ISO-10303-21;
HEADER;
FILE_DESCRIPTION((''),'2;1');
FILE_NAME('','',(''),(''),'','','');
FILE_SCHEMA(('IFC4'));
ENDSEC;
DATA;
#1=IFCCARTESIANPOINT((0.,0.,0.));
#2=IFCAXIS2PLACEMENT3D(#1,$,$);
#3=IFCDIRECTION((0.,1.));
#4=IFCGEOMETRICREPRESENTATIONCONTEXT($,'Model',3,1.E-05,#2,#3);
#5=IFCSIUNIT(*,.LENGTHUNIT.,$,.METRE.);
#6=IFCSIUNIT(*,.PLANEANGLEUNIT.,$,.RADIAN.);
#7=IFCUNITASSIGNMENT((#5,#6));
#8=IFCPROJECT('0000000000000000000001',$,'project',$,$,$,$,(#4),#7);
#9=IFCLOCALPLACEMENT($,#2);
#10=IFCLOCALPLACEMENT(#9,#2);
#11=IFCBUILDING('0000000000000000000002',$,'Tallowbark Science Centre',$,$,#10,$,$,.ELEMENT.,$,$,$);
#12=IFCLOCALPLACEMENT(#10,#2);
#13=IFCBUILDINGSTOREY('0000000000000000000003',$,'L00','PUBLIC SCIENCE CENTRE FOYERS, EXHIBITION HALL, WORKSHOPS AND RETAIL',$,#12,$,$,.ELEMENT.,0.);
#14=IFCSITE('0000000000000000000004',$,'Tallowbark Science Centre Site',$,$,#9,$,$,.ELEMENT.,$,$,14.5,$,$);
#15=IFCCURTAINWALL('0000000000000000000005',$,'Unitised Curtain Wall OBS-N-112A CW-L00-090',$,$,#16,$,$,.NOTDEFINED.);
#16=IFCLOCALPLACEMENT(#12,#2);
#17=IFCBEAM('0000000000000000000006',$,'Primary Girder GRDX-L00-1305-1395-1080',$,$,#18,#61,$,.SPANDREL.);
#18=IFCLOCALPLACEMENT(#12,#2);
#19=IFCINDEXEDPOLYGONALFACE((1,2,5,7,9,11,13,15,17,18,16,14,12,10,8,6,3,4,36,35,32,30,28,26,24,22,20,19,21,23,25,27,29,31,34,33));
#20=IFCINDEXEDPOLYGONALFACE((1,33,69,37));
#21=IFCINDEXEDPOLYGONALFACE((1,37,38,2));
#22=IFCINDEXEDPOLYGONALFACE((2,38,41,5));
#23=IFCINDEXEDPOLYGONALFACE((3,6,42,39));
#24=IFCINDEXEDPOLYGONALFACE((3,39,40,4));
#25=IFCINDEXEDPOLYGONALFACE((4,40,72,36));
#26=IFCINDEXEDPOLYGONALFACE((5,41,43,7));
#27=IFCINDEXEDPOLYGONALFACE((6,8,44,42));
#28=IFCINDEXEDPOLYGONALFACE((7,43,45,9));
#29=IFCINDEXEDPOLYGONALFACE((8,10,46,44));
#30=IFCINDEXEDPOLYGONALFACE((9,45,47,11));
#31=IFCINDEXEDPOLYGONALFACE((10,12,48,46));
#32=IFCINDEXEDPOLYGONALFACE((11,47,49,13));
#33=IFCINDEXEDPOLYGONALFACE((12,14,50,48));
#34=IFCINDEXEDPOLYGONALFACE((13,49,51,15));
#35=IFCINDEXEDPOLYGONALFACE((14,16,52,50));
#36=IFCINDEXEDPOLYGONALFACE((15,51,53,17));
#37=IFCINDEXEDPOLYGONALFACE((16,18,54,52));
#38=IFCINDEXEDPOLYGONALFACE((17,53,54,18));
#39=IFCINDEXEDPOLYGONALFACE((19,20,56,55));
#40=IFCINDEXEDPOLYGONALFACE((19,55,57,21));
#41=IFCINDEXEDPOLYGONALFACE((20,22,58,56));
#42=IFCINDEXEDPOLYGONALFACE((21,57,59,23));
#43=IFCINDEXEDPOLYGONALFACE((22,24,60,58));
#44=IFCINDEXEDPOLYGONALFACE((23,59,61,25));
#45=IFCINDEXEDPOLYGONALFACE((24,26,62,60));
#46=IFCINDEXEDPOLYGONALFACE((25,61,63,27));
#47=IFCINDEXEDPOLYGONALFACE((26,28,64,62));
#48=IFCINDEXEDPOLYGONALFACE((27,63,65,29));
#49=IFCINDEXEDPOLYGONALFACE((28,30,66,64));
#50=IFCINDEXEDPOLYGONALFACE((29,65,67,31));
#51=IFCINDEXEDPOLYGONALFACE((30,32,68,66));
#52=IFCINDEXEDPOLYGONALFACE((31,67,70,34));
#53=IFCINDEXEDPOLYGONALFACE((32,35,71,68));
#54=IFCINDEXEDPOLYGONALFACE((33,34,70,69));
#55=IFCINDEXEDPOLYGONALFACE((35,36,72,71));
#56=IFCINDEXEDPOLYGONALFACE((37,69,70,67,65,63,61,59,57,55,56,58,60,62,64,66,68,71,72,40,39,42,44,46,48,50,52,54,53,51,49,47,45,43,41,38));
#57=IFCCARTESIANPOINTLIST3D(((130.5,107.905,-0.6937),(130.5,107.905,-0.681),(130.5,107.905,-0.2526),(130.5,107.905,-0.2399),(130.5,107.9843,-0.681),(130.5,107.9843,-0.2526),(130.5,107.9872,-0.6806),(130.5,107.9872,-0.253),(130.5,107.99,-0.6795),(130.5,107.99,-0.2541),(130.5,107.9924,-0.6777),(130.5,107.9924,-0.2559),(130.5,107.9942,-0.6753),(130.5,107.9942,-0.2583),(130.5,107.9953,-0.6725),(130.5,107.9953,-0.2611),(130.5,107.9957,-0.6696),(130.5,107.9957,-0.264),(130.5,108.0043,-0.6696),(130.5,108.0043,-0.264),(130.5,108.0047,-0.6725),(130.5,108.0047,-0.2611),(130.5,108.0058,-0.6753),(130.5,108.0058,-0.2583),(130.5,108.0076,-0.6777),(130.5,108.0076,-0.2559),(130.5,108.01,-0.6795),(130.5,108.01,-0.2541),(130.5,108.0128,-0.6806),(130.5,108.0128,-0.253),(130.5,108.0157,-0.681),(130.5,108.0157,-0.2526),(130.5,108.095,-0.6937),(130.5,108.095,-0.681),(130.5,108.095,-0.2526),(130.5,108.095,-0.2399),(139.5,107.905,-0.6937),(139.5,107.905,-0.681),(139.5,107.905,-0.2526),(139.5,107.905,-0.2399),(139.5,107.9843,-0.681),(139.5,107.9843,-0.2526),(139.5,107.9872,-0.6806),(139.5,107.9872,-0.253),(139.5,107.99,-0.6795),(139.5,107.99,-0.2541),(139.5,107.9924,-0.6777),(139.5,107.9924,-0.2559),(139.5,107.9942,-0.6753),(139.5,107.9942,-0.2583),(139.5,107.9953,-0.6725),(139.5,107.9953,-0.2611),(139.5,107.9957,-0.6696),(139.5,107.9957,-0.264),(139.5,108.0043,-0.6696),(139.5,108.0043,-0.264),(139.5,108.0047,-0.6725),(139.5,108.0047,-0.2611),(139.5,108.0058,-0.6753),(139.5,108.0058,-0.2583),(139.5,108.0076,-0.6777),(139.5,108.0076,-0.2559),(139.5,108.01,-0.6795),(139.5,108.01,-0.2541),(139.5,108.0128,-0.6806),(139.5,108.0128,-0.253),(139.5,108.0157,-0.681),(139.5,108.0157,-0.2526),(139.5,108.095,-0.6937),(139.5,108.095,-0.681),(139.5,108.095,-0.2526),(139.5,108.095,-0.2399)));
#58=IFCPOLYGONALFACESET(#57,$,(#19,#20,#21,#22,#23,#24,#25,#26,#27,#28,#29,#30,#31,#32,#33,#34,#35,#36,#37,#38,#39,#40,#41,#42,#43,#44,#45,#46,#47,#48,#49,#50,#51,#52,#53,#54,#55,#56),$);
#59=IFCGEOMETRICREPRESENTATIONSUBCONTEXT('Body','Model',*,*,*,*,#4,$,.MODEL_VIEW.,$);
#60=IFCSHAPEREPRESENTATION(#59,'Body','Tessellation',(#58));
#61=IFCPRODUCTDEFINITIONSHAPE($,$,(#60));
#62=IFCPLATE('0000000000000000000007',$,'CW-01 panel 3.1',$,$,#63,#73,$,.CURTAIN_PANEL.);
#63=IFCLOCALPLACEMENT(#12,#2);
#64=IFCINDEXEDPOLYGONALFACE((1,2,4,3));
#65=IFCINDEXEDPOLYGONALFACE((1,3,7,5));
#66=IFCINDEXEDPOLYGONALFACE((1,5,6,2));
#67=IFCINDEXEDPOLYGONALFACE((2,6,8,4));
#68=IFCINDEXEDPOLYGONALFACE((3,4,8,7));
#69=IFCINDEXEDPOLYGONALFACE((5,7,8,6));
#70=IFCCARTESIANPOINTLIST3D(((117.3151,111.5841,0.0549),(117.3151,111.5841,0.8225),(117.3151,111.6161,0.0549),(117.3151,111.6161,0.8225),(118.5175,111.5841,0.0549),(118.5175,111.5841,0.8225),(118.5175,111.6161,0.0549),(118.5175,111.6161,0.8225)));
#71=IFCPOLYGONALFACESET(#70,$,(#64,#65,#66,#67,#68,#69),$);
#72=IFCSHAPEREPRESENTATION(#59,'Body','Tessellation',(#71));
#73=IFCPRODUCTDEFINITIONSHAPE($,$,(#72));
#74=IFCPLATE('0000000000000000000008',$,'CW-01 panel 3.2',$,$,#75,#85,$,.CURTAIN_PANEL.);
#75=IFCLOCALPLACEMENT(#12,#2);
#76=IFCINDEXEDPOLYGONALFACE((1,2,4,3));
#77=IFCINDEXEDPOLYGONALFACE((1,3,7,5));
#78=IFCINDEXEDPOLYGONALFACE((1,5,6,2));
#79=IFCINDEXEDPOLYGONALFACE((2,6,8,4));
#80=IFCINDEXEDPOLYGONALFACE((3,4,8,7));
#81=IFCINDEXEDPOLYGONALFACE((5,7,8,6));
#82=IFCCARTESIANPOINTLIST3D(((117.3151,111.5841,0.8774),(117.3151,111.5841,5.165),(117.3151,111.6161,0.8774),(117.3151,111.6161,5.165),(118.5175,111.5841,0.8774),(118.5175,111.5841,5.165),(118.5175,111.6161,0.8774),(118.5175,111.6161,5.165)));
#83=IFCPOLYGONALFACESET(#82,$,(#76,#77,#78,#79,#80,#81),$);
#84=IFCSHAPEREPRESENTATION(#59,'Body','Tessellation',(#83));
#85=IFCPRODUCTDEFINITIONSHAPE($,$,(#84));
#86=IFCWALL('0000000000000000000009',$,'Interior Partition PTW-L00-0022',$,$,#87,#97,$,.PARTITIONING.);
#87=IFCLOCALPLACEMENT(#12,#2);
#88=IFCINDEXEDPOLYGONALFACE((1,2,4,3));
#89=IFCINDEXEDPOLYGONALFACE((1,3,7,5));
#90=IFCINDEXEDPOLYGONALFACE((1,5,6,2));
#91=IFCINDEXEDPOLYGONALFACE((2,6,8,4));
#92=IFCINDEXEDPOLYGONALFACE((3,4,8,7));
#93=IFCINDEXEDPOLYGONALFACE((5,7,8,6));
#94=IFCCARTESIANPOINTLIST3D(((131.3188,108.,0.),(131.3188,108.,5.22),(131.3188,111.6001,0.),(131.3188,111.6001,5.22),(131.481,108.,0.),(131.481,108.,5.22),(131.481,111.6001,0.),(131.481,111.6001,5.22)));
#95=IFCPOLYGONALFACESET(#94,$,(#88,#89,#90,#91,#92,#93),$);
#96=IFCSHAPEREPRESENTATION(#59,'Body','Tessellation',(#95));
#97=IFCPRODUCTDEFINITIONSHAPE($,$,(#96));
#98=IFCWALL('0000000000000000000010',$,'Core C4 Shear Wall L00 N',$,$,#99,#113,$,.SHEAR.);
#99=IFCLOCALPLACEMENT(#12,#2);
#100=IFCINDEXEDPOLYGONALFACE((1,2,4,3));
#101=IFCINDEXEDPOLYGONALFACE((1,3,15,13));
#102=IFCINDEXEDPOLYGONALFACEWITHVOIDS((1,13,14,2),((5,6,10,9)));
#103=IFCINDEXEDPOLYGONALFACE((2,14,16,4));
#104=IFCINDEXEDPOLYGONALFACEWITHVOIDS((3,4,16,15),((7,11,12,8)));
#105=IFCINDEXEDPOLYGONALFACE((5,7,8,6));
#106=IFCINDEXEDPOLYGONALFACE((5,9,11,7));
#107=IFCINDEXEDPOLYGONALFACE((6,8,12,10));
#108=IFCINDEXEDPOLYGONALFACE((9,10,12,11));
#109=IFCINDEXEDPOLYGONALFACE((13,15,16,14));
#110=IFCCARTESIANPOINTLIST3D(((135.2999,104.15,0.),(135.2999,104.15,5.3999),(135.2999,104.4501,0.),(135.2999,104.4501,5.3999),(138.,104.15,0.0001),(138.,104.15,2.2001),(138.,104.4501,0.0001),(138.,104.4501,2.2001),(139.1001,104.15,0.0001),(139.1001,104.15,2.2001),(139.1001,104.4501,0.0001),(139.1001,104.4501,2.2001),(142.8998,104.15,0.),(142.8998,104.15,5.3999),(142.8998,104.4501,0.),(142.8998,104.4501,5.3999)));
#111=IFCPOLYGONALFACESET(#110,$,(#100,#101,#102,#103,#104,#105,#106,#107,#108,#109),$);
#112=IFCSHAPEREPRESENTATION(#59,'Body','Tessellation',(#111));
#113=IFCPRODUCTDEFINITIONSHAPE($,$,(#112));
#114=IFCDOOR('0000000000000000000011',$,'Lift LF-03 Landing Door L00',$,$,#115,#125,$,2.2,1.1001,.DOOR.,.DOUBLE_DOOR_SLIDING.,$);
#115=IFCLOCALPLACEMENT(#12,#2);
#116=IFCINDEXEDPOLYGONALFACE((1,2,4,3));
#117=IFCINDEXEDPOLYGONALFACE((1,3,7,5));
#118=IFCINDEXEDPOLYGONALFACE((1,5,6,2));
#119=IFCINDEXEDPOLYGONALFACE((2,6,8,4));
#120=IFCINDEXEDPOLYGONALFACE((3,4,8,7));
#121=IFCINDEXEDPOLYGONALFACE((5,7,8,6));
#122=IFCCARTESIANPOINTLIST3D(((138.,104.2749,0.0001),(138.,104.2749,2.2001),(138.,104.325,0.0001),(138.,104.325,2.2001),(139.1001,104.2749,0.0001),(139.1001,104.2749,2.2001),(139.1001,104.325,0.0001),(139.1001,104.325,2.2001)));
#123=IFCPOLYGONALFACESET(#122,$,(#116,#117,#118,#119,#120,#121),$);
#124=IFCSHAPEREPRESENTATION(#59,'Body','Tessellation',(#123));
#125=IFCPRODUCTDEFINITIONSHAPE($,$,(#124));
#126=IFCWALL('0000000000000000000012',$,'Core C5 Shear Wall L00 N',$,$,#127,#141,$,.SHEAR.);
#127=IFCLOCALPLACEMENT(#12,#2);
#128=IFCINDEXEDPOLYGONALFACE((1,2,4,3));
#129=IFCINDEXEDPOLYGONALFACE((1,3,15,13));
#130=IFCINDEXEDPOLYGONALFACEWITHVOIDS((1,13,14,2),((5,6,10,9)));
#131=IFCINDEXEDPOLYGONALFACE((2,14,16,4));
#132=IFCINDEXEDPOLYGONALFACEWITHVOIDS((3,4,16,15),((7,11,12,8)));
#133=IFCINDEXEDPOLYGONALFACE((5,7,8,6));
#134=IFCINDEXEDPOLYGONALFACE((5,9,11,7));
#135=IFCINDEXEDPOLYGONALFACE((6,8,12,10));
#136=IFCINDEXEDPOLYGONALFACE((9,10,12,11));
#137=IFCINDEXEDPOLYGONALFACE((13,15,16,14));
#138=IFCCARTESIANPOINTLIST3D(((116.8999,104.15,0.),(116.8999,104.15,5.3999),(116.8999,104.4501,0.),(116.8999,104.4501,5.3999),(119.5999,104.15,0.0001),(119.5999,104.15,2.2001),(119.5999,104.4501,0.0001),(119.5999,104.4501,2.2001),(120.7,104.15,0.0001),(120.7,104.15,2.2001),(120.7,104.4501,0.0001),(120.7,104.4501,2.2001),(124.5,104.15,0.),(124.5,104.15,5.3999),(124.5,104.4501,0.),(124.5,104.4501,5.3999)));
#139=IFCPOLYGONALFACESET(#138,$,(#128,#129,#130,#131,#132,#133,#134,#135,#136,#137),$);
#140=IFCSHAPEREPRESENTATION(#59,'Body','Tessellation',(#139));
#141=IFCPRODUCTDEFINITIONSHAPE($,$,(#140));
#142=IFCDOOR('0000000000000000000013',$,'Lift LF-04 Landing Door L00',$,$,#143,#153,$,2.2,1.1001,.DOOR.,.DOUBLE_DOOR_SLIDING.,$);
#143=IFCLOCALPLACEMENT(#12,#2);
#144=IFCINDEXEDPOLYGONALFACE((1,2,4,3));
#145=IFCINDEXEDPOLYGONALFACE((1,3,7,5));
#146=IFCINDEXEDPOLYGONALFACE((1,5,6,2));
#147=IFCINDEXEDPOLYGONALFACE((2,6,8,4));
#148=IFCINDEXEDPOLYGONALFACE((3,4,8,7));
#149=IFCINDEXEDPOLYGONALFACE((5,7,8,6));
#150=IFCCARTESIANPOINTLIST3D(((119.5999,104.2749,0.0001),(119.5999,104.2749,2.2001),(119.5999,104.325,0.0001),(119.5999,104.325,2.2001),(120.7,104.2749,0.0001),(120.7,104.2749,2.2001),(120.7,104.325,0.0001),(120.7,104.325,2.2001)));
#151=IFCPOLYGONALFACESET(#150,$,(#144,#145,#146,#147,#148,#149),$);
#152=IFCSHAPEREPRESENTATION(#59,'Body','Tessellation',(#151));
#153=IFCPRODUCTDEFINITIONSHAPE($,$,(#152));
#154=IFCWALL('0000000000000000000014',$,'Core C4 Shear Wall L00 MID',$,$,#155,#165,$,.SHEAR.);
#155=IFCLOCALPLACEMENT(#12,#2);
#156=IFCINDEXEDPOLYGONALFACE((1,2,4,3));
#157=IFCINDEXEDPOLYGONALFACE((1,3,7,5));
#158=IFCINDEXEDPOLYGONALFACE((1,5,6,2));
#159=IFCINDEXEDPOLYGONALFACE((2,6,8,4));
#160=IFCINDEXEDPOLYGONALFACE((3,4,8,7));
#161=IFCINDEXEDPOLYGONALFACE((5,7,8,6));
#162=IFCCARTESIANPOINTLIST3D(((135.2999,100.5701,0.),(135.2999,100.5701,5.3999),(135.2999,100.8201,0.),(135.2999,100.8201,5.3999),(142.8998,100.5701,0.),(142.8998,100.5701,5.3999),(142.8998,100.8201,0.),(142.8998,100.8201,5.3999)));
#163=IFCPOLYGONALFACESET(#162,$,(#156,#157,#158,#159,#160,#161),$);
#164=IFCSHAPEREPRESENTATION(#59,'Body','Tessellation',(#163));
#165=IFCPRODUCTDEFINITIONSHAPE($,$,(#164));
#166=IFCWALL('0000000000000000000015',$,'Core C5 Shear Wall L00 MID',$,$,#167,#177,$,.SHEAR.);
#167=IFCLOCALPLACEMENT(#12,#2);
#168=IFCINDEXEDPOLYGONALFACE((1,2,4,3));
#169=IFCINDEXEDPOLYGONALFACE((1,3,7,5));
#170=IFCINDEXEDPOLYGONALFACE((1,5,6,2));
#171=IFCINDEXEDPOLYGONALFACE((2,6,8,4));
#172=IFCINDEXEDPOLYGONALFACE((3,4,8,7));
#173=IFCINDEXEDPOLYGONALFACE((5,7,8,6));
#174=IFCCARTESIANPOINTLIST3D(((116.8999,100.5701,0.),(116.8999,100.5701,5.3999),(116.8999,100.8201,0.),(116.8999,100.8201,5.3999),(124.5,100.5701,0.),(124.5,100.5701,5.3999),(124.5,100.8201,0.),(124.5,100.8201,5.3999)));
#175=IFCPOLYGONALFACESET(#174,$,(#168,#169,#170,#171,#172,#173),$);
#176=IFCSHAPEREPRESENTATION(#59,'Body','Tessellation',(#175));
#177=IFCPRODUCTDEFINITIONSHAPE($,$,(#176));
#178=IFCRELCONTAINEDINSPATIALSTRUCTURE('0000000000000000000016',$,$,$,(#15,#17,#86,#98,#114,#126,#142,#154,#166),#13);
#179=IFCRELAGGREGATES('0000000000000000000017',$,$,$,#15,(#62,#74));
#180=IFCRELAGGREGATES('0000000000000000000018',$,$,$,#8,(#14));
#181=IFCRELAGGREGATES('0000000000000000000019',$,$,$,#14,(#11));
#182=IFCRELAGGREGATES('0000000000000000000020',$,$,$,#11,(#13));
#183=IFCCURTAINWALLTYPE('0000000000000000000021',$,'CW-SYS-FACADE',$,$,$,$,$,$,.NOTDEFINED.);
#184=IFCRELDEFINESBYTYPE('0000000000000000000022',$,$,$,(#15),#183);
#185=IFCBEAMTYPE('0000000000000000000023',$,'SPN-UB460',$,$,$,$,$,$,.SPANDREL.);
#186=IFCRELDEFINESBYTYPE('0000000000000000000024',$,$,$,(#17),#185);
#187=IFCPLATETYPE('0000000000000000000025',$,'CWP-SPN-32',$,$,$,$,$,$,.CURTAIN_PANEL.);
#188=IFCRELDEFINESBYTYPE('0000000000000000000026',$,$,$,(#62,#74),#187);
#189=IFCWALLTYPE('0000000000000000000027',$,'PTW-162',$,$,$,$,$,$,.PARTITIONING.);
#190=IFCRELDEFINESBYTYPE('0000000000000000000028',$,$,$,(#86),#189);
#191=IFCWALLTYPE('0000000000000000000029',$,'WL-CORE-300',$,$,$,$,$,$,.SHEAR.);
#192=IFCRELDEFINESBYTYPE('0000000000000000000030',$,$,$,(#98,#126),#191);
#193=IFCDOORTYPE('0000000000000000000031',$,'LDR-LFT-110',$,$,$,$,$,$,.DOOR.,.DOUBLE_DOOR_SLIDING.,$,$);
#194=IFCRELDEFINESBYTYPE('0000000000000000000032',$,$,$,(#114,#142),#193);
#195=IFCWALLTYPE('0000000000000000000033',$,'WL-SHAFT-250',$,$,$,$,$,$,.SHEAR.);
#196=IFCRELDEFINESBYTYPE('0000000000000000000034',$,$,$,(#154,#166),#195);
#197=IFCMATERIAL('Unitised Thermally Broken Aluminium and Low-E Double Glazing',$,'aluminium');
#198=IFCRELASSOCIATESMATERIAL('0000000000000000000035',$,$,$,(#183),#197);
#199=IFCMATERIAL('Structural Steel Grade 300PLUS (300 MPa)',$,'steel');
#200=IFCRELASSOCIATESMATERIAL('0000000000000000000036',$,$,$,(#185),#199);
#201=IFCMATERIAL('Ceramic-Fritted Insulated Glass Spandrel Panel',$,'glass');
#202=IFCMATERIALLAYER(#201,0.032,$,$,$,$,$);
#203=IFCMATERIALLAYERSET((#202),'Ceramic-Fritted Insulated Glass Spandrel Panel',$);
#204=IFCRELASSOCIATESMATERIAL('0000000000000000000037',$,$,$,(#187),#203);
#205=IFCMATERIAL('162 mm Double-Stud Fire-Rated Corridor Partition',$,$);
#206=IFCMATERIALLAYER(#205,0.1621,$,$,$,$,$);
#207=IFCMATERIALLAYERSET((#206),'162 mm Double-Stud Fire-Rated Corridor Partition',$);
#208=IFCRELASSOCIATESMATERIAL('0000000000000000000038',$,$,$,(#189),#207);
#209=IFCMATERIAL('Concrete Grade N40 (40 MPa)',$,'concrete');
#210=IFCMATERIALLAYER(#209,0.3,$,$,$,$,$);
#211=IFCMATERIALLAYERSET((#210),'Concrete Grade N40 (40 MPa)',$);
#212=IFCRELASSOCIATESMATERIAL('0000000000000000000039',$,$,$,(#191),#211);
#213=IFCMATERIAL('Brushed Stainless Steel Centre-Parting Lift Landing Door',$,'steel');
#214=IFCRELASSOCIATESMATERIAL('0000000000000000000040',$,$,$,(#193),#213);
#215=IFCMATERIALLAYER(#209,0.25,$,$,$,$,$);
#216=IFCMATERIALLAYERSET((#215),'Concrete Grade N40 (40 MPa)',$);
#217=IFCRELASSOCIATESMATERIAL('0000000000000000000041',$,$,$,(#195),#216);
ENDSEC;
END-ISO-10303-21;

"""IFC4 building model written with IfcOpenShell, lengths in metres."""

from ifc_helpers import new_model, si_unit, direction, frame, frame_2d, origin, origin_2d, place, context, subcontext, project, spatial, rectangle, i_section, extrude, material, layer, layer_set, material_profile, profile_set, type_object, element, fill, aggregate, save


model = new_model("IFC4")

# Units and contexts
model_context = context("Model", 3, precision=1e-05, world=origin(), true_north=direction((0.0, 1.0)))
body_context = subcontext(model_context, "Body", "Model", "MODEL_VIEW")
ifc_project = project(units=[si_unit("LENGTHUNIT", "METRE"), si_unit("PLANEANGLEUNIT", "RADIAN")], contexts=[model_context])

# Site, building, storey
site_placement = place(None, origin())
site = spatial("IfcSite", under=ifc_project, at=site_placement, Name="Tallowbark Science Centre Site", CompositionType="ELEMENT", RefElevation=14.5)
building_placement = place(site_placement, origin())
building = spatial("IfcBuilding", under=site, at=building_placement, Name="Tallowbark Science Centre", CompositionType="ELEMENT")
storey_placement = place(building_placement, origin())
storey = spatial("IfcBuildingStorey", under=building, at=storey_placement, Name="L00", Description="PUBLIC SCIENCE CENTRE FOYERS, EXHIBITION HALL, WORKSHOPS AND RETAIL", CompositionType="ELEMENT", Elevation=0.0)

# Shared definitions
ifc_material_1 = material(Name="Structural Steel Grade 300PLUS (300 MPa)", Category="steel")

# Curtain wall
ifc_material_2 = material(Name="Unitised Thermally Broken Aluminium and Low-E Double Glazing", Category="aluminium")
curtain_wall_type = type_object("IfcCurtainWallType", Name="CW-SYS-FACADE", PredefinedType="NOTDEFINED", material=ifc_material_2)
curtain_wall_placement = place(storey_placement, origin())
curtain_wall = element("IfcCurtainWall", 1, at=curtain_wall_placement, inside=storey, type_object=curtain_wall_type, Name="Unitised Curtain Wall OBS-N-112A CW-L00-090", PredefinedType="NOTDEFINED")

# Beam
ifc_material_profile_1 = material_profile(ifc_material_1, i_section(OverallWidth=0.1899, OverallDepth=0.4539, WebThickness=0.0085, FlangeThickness=0.0127, FilletRadius=0.0115, at=origin_2d()), Name="460UB67.1")
ifc_profile_set_1 = profile_set([ifc_material_profile_1], Name="Structural Steel Grade 300PLUS (300 MPa)")
beam_type_1 = type_object("IfcBeamType", Name="SPN-UB460", PredefinedType="SPANDREL", material=ifc_profile_set_1)
for number, where, z_axis, x_axis, name in (
    (2, (130.5, 108.0, -0.4668), (1.0, 0.0, 0.0), (0.0, 1.0, 0.0), "Primary Girder GRDX-L00-1305-1395-1080"),
):
    element("IfcBeam", number, at=place(storey_placement, frame(where, z_axis=z_axis, x_axis=x_axis)), inside=storey, type_object=beam_type_1, Name=name, PredefinedType="SPANDREL", context=body_context, shape_type="SweptSolid", body=[
        extrude(i_section(OverallWidth=0.1899, OverallDepth=0.4539, WebThickness=0.0085, FlangeThickness=0.0127, FilletRadius=0.0115, at=origin_2d()), origin(), (0.0, 0.0, 1.0), 9.0),
    ])

# Plates
ifc_material_3 = material(Name="Ceramic-Fritted Insulated Glass Spandrel Panel", Category="glass")
ifc_layer_1 = layer(ifc_material_3, 0.032)
ifc_layer_set_1 = layer_set([ifc_layer_1], Name="Ceramic-Fritted Insulated Glass Spandrel Panel")
plate_type = type_object("IfcPlateType", Name="CWP-SPN-32", PredefinedType="CURTAIN_PANEL", material=ifc_layer_set_1)
plate_1_placement = place(storey_placement, frame((117.9163, 111.6001, 0.0549), z_axis=(0.0, 0.0, 1.0), x_axis=(-1.0, 0.0, 0.0)))
plate_1 = element("IfcPlate", 3, at=plate_1_placement, type_object=plate_type, Name="CW-01 panel 3.1", PredefinedType="CURTAIN_PANEL", context=body_context, shape_type="SweptSolid", body=[
    extrude(rectangle(XDim=1.2024, YDim=0.032, at=origin_2d()), origin(), (0.0, 0.0, 1.0), 0.7676),
])
plate_2_placement = place(storey_placement, frame((117.9163, 111.6001, 0.8774), z_axis=(0.0, 0.0, 1.0), x_axis=(-1.0, 0.0, 0.0)))
plate_2 = element("IfcPlate", 4, at=plate_2_placement, type_object=plate_type, Name="CW-01 panel 3.2", PredefinedType="CURTAIN_PANEL", context=body_context, shape_type="SweptSolid", body=[
    extrude(rectangle(XDim=1.2024, YDim=0.032, at=origin_2d()), origin(), (0.0, 0.0, 1.0), 4.2876),
])
aggregate(curtain_wall, [plate_1, plate_2])

# Wall
ifc_material_4 = material(Name="162 mm Double-Stud Fire-Rated Corridor Partition")
ifc_layer_2 = layer(ifc_material_4, 0.1621)
ifc_layer_set_2 = layer_set([ifc_layer_2], Name="162 mm Double-Stud Fire-Rated Corridor Partition")
wall_type_1 = type_object("IfcWallType", Name="PTW-162", PredefinedType="PARTITIONING", material=ifc_layer_set_2)
wall_1_placement = place(storey_placement, frame((131.3999, 108.0, 0.0), z_axis=(0.0, 0.0, 1.0), x_axis=(0.0, 1.0, 0.0)))
element("IfcWall", 5, at=wall_1_placement, inside=storey, type_object=wall_type_1, Name="Interior Partition PTW-L00-0022", PredefinedType="PARTITIONING", context=body_context, shape_type="SweptSolid", body=[
    extrude(rectangle(XDim=3.6001, YDim=0.1621, at=frame_2d((1.8, 0.0))), origin(), (0.0, 0.0, 1.0), 5.22),
])

# Walls, openings, doors
ifc_material_5 = material(Name="Concrete Grade N40 (40 MPa)", Category="concrete")
ifc_layer_3 = layer(ifc_material_5, 0.3)
ifc_layer_set_3 = layer_set([ifc_layer_3], Name="Concrete Grade N40 (40 MPa)")
wall_type_2 = type_object("IfcWallType", Name="WL-CORE-300", PredefinedType="SHEAR", material=ifc_layer_set_3)
wall_2_placement = place(storey_placement, frame((135.3, 104.3, 0.0), z_axis=(0.0, 0.0, 1.0), x_axis=(1.0, 0.0, 0.0)))
wall_2 = element("IfcWall", 6, at=wall_2_placement, inside=storey, type_object=wall_type_2, Name="Core C4 Shear Wall L00 N", PredefinedType="SHEAR", context=body_context, shape_type="SweptSolid", body=[
    extrude(rectangle(XDim=7.5999, YDim=0.3, at=frame_2d((3.7998, 0.0))), origin(), (0.0, 0.0, 1.0), 5.3999),
])
opening_1_placement = place(wall_2_placement, frame((2.7, 0.0, 0.0)))
opening_1 = element("IfcOpeningElement", 7, at=opening_1_placement, cuts=wall_2, PredefinedType="OPENING", context=body_context, shape_type="SweptSolid", body=[
    extrude(rectangle(XDim=1.1001, YDim=2.2, at=frame_2d((0.55, 1.1001))), frame((0.0, 0.1602, 0.0), z_axis=(0.0, -1.0, 0.0), x_axis=(1.0, 0.0, 0.0)), (0.0, 0.0, 1.0), 0.3201),
])
ifc_material_6 = material(Name="Brushed Stainless Steel Centre-Parting Lift Landing Door", Category="steel")
door_type = type_object("IfcDoorType", Name="LDR-LFT-110", OperationType="DOUBLE_DOOR_SLIDING", PredefinedType="DOOR", material=ifc_material_6)
door_1_placement = place(opening_1_placement, origin())
door_1 = element("IfcDoor", 8, at=door_1_placement, inside=storey, type_object=door_type, Name="Lift LF-03 Landing Door L00", OperationType="DOUBLE_DOOR_SLIDING", OverallHeight=2.2, OverallWidth=1.1001, PredefinedType="DOOR", context=body_context, shape_type="SweptSolid", body=[
    extrude(rectangle(XDim=1.1001, YDim=2.2, at=frame_2d((0.55, 1.1001))), frame((0.0, 0.0249, 0.0), z_axis=(0.0, -1.0, 0.0), x_axis=(1.0, 0.0, 0.0)), (0.0, 0.0, 1.0), 0.05),
])
fill(opening_1, door_1)
wall_3_placement = place(storey_placement, frame((116.8999, 104.3, 0.0), z_axis=(0.0, 0.0, 1.0), x_axis=(1.0, 0.0, 0.0)))
wall_3 = element("IfcWall", 9, at=wall_3_placement, inside=storey, type_object=wall_type_2, Name="Core C5 Shear Wall L00 N", PredefinedType="SHEAR", context=body_context, shape_type="SweptSolid", body=[
    extrude(rectangle(XDim=7.6001, YDim=0.3, at=frame_2d((3.8, 0.0))), origin(), (0.0, 0.0, 1.0), 5.3999),
])
opening_2_placement = place(wall_3_placement, frame((2.7, 0.0, 0.0)))
opening_2 = element("IfcOpeningElement", 10, at=opening_2_placement, cuts=wall_3, PredefinedType="OPENING", context=body_context, shape_type="SweptSolid", body=[
    extrude(rectangle(XDim=1.1001, YDim=2.2, at=frame_2d((0.55, 1.1001))), frame((0.0, 0.1602, 0.0), z_axis=(0.0, -1.0, 0.0), x_axis=(1.0, 0.0, 0.0)), (0.0, 0.0, 1.0), 0.3201),
])
door_2_placement = place(opening_2_placement, origin())
door_2 = element("IfcDoor", 11, at=door_2_placement, inside=storey, type_object=door_type, Name="Lift LF-04 Landing Door L00", OperationType="DOUBLE_DOOR_SLIDING", OverallHeight=2.2, OverallWidth=1.1001, PredefinedType="DOOR", context=body_context, shape_type="SweptSolid", body=[
    extrude(rectangle(XDim=1.1001, YDim=2.2, at=frame_2d((0.55, 1.1001))), frame((0.0, 0.0249, 0.0), z_axis=(0.0, -1.0, 0.0), x_axis=(1.0, 0.0, 0.0)), (0.0, 0.0, 1.0), 0.05),
])
fill(opening_2, door_2)

# Walls
ifc_layer_4 = layer(ifc_material_5, 0.25)
ifc_layer_set_4 = layer_set([ifc_layer_4], Name="Concrete Grade N40 (40 MPa)")
wall_type_3 = type_object("IfcWallType", Name="WL-SHAFT-250", PredefinedType="SHEAR", material=ifc_layer_set_4)
wall_4_placement = place(storey_placement, frame((135.3, 100.6951, 0.0), z_axis=(0.0, 0.0, 1.0), x_axis=(1.0, 0.0, 0.0)))
element("IfcWall", 12, at=wall_4_placement, inside=storey, type_object=wall_type_3, Name="Core C4 Shear Wall L00 MID", PredefinedType="SHEAR", context=body_context, shape_type="SweptSolid", body=[
    extrude(rectangle(XDim=7.5999, YDim=0.25, at=frame_2d((3.7998, 0.0))), origin(), (0.0, 0.0, 1.0), 5.3999),
])
wall_5_placement = place(storey_placement, frame((116.8999, 100.6951, 0.0), z_axis=(0.0, 0.0, 1.0), x_axis=(1.0, 0.0, 0.0)))
element("IfcWall", 13, at=wall_5_placement, inside=storey, type_object=wall_type_3, Name="Core C5 Shear Wall L00 MID", PredefinedType="SHEAR", context=body_context, shape_type="SweptSolid", body=[
    extrude(rectangle(XDim=7.6001, YDim=0.25, at=frame_2d((3.8, 0.0))), origin(), (0.0, 0.0, 1.0), 5.3999),
])

save(model, "model.ifc")
